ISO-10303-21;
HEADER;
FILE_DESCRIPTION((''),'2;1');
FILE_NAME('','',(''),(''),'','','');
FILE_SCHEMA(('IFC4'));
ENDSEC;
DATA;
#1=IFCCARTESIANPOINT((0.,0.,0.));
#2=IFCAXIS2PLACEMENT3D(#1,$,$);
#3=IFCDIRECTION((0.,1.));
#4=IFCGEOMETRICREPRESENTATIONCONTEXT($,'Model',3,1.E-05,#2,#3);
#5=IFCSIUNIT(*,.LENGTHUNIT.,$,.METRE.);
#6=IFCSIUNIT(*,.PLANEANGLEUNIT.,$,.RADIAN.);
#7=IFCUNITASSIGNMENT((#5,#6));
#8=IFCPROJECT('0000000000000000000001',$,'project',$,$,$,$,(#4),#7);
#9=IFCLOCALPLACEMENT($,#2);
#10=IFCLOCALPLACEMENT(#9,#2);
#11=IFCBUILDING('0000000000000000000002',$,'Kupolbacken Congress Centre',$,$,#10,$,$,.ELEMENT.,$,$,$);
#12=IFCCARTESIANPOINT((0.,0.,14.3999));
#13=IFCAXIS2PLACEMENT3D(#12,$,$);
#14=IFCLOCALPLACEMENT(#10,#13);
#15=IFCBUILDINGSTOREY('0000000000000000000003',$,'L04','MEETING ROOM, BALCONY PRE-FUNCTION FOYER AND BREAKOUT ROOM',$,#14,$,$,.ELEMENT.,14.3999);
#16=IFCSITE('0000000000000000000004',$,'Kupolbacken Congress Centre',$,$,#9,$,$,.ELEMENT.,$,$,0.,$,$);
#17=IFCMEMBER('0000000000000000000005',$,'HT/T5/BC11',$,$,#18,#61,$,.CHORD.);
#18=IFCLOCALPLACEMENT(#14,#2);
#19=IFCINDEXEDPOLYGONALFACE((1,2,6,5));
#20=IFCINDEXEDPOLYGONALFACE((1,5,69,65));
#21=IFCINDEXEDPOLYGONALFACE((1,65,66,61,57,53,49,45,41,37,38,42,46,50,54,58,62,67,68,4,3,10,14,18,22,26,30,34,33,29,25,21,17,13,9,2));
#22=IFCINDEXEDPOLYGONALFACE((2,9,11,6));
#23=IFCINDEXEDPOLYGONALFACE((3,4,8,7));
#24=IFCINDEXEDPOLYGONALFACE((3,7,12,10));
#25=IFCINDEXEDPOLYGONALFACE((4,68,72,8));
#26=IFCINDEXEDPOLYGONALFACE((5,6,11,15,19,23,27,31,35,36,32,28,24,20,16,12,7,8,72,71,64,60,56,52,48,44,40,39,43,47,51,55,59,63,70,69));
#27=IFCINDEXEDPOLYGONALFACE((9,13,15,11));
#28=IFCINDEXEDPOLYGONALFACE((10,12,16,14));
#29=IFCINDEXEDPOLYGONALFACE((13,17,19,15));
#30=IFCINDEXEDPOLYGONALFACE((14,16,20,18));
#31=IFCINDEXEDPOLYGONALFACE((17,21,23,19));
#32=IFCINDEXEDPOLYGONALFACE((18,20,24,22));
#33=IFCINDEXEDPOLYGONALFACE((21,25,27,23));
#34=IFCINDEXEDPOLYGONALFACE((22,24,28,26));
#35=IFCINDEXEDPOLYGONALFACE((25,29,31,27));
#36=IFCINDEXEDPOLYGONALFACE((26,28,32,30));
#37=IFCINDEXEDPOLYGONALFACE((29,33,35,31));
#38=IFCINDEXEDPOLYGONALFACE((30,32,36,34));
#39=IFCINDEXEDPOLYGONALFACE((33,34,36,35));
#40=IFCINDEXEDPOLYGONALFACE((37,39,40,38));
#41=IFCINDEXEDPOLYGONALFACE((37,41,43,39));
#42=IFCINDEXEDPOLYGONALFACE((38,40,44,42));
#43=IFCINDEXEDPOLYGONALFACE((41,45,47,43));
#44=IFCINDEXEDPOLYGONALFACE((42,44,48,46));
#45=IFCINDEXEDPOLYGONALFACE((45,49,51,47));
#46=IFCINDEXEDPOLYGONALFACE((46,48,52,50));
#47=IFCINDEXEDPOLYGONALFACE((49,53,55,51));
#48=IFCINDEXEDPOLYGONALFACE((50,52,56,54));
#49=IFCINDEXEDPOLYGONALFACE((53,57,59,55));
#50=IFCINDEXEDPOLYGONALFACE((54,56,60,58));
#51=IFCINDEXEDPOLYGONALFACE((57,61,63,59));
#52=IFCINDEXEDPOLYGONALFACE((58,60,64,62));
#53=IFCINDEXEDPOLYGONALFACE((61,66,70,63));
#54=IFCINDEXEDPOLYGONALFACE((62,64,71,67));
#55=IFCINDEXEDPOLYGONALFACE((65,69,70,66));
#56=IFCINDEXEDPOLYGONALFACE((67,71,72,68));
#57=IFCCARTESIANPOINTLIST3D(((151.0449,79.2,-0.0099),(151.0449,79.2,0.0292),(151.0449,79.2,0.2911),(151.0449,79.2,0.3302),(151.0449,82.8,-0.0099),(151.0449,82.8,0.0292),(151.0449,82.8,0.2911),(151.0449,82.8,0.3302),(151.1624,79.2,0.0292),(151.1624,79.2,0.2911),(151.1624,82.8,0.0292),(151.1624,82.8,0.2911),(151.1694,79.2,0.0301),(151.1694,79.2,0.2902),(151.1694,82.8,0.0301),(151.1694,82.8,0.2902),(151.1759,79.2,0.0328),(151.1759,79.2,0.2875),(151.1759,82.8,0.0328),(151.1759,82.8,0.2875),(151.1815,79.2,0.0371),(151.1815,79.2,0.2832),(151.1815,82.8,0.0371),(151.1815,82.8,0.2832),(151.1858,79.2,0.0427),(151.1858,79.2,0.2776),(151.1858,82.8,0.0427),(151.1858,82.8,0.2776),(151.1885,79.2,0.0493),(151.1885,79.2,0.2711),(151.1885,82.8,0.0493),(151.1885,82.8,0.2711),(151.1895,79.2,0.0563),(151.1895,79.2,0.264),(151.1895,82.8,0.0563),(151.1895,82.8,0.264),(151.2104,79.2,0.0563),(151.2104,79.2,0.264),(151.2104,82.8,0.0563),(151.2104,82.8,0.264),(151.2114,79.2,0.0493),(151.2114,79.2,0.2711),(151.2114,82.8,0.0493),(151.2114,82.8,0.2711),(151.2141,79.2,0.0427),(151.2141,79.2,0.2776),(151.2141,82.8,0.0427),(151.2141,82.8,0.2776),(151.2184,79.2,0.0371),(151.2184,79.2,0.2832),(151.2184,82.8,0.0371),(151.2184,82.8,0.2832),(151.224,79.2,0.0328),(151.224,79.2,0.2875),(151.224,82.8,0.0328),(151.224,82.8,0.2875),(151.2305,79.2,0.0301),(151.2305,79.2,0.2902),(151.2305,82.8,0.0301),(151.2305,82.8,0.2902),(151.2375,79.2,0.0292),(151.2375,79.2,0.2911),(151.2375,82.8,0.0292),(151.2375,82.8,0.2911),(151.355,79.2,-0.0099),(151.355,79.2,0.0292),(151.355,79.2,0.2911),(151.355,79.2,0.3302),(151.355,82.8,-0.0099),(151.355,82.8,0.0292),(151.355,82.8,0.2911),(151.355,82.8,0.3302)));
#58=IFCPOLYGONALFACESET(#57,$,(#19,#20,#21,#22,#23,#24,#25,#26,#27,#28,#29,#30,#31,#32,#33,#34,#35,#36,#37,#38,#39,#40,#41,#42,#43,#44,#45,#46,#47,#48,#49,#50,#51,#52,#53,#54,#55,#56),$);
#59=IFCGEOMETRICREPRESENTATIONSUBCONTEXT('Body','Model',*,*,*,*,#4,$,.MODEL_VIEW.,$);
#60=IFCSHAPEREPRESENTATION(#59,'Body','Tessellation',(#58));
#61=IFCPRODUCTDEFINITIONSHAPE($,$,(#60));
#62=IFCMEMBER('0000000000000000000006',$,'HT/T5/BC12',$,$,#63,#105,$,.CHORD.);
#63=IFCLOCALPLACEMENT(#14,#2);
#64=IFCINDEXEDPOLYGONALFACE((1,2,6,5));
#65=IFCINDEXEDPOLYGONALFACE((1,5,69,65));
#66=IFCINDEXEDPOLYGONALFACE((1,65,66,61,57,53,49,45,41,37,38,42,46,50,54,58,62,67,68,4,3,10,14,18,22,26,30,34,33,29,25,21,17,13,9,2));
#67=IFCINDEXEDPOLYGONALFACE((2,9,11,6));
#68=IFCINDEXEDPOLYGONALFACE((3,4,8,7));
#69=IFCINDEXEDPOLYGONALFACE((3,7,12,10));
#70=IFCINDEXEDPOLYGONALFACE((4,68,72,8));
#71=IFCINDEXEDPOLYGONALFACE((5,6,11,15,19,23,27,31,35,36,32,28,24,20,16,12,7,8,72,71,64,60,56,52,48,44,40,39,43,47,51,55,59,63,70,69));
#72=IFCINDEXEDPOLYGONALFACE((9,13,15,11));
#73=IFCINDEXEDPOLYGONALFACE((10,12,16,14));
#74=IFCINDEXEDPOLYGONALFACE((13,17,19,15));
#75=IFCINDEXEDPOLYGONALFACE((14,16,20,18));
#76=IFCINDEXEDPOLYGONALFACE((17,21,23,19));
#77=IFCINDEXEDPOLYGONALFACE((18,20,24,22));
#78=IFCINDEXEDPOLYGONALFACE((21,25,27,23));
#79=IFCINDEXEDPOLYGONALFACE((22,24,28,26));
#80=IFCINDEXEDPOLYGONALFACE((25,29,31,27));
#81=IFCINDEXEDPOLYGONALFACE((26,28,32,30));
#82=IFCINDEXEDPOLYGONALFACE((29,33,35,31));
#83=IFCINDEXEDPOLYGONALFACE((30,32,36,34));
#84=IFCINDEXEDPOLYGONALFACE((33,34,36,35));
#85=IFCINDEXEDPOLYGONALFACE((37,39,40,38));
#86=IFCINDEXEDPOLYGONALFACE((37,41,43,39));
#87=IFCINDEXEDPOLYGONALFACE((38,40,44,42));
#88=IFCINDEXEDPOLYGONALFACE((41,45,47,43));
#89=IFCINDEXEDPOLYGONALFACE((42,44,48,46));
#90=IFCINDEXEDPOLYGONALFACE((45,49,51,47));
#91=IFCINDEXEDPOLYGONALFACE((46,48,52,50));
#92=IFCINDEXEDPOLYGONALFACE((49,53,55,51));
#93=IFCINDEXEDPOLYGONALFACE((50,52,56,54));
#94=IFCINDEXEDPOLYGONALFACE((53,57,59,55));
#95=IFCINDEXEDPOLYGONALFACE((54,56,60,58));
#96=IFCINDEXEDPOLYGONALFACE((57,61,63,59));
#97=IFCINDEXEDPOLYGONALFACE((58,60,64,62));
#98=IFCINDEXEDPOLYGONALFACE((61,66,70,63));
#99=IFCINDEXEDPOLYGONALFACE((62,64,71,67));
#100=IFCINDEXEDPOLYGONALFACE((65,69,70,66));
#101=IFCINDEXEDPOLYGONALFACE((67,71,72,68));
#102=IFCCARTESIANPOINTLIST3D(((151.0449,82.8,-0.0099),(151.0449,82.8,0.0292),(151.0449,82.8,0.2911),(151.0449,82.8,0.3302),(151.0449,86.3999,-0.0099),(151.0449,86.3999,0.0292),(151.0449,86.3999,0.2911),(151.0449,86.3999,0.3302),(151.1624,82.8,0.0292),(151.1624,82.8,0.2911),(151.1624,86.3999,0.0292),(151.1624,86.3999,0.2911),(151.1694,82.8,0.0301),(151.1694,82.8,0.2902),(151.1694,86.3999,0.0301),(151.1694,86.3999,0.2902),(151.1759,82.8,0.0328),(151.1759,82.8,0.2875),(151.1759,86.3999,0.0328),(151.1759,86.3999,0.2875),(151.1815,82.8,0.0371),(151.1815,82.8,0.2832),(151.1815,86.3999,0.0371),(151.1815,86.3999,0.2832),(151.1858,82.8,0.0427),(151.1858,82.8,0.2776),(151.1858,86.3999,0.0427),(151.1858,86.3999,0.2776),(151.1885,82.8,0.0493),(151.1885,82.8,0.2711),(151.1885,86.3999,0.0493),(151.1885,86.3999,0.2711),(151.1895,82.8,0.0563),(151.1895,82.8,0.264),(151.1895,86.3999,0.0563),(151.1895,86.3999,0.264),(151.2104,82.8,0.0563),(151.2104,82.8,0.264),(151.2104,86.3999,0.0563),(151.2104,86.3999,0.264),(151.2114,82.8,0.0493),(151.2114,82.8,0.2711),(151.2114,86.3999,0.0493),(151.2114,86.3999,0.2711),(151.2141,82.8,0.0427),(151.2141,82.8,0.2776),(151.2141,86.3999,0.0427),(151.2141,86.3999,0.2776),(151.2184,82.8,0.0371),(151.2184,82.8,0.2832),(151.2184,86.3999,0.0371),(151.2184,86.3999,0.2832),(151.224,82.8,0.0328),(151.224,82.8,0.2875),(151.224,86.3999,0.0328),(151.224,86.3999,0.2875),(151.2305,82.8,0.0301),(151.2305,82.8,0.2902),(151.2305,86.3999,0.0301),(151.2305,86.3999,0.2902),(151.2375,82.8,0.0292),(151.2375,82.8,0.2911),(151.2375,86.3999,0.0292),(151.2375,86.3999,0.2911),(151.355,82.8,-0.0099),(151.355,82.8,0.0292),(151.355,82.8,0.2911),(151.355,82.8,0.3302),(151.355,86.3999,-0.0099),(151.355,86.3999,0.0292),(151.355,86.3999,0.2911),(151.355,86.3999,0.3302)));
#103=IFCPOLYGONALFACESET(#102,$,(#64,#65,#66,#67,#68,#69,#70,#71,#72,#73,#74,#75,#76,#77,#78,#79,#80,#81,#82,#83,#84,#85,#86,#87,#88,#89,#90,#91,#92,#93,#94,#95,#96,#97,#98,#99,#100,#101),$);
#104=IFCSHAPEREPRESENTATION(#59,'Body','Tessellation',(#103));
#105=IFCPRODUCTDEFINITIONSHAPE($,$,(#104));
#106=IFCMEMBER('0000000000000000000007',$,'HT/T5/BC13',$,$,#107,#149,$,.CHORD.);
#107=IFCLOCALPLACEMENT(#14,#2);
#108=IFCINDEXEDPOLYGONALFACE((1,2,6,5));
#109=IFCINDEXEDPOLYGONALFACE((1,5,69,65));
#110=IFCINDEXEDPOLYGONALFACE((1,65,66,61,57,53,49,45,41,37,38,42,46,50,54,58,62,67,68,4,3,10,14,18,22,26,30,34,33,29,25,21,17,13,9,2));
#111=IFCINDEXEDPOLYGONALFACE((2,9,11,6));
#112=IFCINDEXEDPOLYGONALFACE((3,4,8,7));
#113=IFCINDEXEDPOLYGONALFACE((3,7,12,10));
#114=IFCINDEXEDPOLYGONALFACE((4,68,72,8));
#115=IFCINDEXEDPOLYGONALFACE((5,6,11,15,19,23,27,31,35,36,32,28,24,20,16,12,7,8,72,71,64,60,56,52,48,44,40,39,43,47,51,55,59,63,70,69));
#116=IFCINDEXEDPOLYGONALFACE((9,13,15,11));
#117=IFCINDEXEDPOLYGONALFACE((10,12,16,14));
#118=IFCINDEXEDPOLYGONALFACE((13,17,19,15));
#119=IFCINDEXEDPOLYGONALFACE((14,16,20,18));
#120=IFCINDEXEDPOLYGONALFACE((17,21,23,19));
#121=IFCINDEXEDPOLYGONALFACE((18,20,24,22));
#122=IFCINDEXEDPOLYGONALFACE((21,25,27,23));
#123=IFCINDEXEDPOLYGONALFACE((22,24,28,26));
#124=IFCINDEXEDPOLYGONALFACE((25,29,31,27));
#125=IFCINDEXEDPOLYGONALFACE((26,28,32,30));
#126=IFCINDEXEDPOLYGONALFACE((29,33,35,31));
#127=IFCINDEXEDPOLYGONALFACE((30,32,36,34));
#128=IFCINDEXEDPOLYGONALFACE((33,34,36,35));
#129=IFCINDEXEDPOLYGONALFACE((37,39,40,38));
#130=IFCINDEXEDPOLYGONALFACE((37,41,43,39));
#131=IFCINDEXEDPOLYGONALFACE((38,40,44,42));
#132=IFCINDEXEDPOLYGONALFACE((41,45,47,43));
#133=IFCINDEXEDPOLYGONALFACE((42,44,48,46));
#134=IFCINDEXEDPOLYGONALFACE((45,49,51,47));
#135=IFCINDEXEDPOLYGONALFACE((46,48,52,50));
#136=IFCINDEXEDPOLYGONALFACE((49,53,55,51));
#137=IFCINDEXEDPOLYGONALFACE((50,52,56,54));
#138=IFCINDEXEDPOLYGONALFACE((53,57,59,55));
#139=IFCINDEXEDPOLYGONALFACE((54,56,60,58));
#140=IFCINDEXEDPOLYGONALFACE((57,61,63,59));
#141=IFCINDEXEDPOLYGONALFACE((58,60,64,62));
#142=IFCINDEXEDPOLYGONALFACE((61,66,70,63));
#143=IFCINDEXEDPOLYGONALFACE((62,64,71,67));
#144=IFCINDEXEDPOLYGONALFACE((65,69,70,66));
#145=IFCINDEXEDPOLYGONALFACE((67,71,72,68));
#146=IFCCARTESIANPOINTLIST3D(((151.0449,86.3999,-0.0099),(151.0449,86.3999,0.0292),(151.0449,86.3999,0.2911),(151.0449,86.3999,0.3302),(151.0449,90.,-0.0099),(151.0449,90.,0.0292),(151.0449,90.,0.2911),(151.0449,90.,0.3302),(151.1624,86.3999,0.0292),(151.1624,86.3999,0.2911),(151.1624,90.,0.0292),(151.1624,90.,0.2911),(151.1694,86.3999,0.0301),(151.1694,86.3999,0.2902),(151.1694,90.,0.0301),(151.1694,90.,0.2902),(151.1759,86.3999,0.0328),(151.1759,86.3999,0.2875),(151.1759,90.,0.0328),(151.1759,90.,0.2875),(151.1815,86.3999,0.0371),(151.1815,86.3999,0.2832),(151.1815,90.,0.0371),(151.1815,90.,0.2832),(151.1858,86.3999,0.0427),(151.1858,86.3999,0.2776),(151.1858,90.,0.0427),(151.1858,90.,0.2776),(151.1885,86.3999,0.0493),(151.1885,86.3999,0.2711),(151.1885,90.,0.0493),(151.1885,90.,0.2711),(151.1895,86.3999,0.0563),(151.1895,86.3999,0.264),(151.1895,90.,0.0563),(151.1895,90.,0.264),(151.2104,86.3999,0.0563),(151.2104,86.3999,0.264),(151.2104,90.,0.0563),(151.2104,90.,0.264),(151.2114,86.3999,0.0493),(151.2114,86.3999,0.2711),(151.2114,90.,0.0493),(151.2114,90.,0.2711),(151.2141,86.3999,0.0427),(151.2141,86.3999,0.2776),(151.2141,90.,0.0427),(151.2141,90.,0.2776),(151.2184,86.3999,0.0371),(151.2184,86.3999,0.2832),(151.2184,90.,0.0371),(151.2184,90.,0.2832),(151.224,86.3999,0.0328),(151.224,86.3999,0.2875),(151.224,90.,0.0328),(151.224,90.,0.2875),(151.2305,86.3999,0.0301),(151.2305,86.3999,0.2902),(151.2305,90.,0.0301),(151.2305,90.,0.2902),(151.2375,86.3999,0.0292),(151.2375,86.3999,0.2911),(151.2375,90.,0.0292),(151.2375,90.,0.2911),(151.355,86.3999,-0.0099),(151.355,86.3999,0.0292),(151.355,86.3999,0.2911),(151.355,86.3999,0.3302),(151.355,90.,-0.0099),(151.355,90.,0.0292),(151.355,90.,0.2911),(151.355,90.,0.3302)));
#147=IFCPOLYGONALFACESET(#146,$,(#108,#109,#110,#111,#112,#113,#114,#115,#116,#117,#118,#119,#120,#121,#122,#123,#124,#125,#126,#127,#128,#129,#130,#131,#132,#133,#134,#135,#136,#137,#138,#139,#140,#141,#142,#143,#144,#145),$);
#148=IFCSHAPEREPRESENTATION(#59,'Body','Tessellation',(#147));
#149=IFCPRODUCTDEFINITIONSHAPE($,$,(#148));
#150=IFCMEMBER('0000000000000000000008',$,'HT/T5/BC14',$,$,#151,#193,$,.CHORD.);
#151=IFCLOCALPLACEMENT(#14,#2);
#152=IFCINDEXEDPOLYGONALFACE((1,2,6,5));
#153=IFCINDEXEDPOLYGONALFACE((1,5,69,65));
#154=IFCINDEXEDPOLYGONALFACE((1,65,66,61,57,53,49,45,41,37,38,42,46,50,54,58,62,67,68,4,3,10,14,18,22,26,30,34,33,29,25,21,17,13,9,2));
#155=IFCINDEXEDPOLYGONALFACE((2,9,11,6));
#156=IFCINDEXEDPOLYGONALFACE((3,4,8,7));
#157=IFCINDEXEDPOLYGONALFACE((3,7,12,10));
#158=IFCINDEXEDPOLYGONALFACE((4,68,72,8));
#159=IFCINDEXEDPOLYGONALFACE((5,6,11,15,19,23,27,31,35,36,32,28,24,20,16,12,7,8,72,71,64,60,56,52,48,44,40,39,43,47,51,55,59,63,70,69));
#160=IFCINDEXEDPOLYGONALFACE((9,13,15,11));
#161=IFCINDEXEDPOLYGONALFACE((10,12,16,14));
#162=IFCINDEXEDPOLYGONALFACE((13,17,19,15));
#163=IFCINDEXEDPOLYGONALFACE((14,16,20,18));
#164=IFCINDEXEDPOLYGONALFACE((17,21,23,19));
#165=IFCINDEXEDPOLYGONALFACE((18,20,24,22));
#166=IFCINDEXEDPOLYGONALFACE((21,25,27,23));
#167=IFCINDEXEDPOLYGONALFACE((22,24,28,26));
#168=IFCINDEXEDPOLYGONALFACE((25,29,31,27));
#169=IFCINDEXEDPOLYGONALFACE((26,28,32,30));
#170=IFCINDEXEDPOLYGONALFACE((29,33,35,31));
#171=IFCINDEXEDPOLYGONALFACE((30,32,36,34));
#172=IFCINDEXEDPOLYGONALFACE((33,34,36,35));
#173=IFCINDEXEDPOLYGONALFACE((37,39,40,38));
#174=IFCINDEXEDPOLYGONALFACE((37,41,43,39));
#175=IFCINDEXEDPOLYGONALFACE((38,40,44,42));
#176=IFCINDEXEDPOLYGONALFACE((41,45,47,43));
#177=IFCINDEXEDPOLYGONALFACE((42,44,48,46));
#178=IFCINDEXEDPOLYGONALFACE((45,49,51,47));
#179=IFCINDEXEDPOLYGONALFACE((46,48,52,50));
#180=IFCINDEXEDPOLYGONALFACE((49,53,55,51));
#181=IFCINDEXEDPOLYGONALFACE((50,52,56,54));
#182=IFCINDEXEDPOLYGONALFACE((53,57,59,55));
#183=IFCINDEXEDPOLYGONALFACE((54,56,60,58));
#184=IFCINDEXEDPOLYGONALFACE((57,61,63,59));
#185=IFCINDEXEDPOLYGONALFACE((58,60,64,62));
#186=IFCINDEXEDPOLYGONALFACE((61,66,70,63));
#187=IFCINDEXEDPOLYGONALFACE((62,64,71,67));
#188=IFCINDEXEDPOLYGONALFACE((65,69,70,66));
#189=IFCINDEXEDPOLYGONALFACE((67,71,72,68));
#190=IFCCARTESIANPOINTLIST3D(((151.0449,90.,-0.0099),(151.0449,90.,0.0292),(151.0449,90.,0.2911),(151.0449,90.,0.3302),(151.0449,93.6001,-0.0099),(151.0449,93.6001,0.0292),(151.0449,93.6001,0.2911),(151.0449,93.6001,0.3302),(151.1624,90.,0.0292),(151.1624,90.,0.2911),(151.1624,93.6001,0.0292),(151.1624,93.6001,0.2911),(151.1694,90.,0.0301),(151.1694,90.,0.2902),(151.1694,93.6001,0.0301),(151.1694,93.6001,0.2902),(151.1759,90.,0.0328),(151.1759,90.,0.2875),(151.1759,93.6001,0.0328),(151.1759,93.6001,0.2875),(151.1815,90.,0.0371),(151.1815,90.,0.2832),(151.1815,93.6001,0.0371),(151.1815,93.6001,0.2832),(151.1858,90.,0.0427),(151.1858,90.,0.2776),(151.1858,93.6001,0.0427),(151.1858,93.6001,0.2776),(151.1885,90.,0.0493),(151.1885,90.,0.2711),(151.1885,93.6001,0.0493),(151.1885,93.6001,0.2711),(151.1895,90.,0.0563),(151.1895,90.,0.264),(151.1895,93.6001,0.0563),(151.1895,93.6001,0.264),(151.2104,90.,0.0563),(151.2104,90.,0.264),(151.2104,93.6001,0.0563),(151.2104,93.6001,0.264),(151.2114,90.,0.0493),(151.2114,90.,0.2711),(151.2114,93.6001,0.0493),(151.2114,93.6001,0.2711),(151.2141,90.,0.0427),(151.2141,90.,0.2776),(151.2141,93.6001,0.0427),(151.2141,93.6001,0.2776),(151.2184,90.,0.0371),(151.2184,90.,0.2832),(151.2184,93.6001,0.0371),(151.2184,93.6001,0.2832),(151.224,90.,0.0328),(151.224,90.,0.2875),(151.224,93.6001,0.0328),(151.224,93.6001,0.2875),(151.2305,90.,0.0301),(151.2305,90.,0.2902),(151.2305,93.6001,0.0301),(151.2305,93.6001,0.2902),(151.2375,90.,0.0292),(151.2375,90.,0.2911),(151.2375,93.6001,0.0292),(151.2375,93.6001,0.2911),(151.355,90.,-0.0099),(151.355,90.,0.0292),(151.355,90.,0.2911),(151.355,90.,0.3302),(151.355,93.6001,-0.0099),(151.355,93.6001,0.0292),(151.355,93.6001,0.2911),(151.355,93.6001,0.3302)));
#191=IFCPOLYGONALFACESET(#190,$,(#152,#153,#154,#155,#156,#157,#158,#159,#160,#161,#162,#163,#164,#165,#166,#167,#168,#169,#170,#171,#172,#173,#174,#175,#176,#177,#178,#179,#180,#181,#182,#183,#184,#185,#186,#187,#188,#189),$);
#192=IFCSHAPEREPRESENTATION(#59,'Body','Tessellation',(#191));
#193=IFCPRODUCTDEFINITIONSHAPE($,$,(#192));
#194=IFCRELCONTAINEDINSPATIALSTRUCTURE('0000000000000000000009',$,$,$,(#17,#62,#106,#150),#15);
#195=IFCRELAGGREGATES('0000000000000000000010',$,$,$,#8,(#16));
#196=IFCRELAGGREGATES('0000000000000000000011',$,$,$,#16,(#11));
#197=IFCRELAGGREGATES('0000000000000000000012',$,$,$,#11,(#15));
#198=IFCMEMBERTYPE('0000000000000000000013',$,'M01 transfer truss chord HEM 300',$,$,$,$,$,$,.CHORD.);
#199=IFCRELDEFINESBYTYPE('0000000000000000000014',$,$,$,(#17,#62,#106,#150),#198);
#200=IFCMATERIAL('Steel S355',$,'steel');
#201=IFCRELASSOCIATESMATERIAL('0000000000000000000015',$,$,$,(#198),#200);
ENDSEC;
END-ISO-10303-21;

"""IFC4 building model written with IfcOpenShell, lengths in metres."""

from ifc_helpers import new_model, si_unit, direction, frame, origin, origin_2d, place, context, subcontext, project, spatial, i_section, extrude, material, material_profile, profile_set, type_object, element, save


model = new_model("IFC4")

# Units and contexts
model_context = context("Model", 3, precision=1e-05, world=origin(), true_north=direction((0.0, 1.0)))
body_context = subcontext(model_context, "Body", "Model", "MODEL_VIEW")
ifc_project = project(units=[si_unit("LENGTHUNIT", "METRE"), si_unit("PLANEANGLEUNIT", "RADIAN")], contexts=[model_context])

# Site, building, storey
site_placement = place(None, origin())
site = spatial("IfcSite", under=ifc_project, at=site_placement, Name="Kupolbacken Congress Centre", CompositionType="ELEMENT", RefElevation=0.0)
building_placement = place(site_placement, origin())
building = spatial("IfcBuilding", under=site, at=building_placement, Name="Kupolbacken Congress Centre", CompositionType="ELEMENT")
storey_placement = place(building_placement, frame((0.0, 0.0, 14.3999)))
storey = spatial("IfcBuildingStorey", under=building, at=storey_placement, Name="L04", Description="MEETING ROOM, BALCONY PRE-FUNCTION FOYER AND BREAKOUT ROOM", CompositionType="ELEMENT", Elevation=14.3999)

# Members
ifc_material_1 = material(Name="Steel S355", Category="steel")
ifc_material_profile_1 = material_profile(ifc_material_1, i_section(OverallWidth=0.3101, OverallDepth=0.3401, WebThickness=0.021, FlangeThickness=0.0391, FilletRadius=0.0271, at=origin_2d()), Name="HEM 300")
ifc_profile_set_1 = profile_set([ifc_material_profile_1], Name="Steel S355")
member_type_1 = type_object("IfcMemberType", Name="M01 transfer truss chord HEM 300", PredefinedType="CHORD", material=ifc_profile_set_1)
member_1_placement = place(storey_placement, frame((151.2, 79.2, 0.1602), z_axis=(0.0, 1.0, 0.0), x_axis=(-1.0, 0.0, 0.0)))
element("IfcMember", 1, at=member_1_placement, inside=storey, type_object=member_type_1, Name="HT/T5/BC11", PredefinedType="CHORD", context=body_context, shape_type="SweptSolid", body=[
    extrude(i_section(OverallWidth=0.3101, OverallDepth=0.3401, WebThickness=0.021, FlangeThickness=0.0391, FilletRadius=0.0271, at=origin_2d()), origin(), (0.0, 0.0, 1.0), 3.6001),
])
member_2_placement = place(storey_placement, frame((151.2, 82.8, 0.1602), z_axis=(0.0, 1.0, 0.0), x_axis=(-1.0, 0.0, 0.0)))
element("IfcMember", 2, at=member_2_placement, inside=storey, type_object=member_type_1, Name="HT/T5/BC12", PredefinedType="CHORD", context=body_context, shape_type="SweptSolid", body=[
    extrude(i_section(OverallWidth=0.3101, OverallDepth=0.3401, WebThickness=0.021, FlangeThickness=0.0391, FilletRadius=0.0271, at=origin_2d()), origin(), (0.0, 0.0, 1.0), 3.5999),
])
for number, where, z_axis, x_axis, name in (
    (3, (151.2, 86.3999, 0.1602), (0.0, 1.0, 0.0), (-1.0, 0.0, 0.0), "HT/T5/BC13"),
    (4, (151.2, 90.0, 0.1602), (0.0, 1.0, 0.0), (-1.0, 0.0, 0.0), "HT/T5/BC14"),
):
    element("IfcMember", number, at=place(storey_placement, frame(where, z_axis=z_axis, x_axis=x_axis)), inside=storey, type_object=member_type_1, Name=name, PredefinedType="CHORD", context=body_context, shape_type="SweptSolid", body=[
        extrude(i_section(OverallWidth=0.3101, OverallDepth=0.3401, WebThickness=0.021, FlangeThickness=0.0391, FilletRadius=0.0271, at=origin_2d()), origin(), (0.0, 0.0, 1.0), 3.6001),
    ])

save(model, "model.ifc")
